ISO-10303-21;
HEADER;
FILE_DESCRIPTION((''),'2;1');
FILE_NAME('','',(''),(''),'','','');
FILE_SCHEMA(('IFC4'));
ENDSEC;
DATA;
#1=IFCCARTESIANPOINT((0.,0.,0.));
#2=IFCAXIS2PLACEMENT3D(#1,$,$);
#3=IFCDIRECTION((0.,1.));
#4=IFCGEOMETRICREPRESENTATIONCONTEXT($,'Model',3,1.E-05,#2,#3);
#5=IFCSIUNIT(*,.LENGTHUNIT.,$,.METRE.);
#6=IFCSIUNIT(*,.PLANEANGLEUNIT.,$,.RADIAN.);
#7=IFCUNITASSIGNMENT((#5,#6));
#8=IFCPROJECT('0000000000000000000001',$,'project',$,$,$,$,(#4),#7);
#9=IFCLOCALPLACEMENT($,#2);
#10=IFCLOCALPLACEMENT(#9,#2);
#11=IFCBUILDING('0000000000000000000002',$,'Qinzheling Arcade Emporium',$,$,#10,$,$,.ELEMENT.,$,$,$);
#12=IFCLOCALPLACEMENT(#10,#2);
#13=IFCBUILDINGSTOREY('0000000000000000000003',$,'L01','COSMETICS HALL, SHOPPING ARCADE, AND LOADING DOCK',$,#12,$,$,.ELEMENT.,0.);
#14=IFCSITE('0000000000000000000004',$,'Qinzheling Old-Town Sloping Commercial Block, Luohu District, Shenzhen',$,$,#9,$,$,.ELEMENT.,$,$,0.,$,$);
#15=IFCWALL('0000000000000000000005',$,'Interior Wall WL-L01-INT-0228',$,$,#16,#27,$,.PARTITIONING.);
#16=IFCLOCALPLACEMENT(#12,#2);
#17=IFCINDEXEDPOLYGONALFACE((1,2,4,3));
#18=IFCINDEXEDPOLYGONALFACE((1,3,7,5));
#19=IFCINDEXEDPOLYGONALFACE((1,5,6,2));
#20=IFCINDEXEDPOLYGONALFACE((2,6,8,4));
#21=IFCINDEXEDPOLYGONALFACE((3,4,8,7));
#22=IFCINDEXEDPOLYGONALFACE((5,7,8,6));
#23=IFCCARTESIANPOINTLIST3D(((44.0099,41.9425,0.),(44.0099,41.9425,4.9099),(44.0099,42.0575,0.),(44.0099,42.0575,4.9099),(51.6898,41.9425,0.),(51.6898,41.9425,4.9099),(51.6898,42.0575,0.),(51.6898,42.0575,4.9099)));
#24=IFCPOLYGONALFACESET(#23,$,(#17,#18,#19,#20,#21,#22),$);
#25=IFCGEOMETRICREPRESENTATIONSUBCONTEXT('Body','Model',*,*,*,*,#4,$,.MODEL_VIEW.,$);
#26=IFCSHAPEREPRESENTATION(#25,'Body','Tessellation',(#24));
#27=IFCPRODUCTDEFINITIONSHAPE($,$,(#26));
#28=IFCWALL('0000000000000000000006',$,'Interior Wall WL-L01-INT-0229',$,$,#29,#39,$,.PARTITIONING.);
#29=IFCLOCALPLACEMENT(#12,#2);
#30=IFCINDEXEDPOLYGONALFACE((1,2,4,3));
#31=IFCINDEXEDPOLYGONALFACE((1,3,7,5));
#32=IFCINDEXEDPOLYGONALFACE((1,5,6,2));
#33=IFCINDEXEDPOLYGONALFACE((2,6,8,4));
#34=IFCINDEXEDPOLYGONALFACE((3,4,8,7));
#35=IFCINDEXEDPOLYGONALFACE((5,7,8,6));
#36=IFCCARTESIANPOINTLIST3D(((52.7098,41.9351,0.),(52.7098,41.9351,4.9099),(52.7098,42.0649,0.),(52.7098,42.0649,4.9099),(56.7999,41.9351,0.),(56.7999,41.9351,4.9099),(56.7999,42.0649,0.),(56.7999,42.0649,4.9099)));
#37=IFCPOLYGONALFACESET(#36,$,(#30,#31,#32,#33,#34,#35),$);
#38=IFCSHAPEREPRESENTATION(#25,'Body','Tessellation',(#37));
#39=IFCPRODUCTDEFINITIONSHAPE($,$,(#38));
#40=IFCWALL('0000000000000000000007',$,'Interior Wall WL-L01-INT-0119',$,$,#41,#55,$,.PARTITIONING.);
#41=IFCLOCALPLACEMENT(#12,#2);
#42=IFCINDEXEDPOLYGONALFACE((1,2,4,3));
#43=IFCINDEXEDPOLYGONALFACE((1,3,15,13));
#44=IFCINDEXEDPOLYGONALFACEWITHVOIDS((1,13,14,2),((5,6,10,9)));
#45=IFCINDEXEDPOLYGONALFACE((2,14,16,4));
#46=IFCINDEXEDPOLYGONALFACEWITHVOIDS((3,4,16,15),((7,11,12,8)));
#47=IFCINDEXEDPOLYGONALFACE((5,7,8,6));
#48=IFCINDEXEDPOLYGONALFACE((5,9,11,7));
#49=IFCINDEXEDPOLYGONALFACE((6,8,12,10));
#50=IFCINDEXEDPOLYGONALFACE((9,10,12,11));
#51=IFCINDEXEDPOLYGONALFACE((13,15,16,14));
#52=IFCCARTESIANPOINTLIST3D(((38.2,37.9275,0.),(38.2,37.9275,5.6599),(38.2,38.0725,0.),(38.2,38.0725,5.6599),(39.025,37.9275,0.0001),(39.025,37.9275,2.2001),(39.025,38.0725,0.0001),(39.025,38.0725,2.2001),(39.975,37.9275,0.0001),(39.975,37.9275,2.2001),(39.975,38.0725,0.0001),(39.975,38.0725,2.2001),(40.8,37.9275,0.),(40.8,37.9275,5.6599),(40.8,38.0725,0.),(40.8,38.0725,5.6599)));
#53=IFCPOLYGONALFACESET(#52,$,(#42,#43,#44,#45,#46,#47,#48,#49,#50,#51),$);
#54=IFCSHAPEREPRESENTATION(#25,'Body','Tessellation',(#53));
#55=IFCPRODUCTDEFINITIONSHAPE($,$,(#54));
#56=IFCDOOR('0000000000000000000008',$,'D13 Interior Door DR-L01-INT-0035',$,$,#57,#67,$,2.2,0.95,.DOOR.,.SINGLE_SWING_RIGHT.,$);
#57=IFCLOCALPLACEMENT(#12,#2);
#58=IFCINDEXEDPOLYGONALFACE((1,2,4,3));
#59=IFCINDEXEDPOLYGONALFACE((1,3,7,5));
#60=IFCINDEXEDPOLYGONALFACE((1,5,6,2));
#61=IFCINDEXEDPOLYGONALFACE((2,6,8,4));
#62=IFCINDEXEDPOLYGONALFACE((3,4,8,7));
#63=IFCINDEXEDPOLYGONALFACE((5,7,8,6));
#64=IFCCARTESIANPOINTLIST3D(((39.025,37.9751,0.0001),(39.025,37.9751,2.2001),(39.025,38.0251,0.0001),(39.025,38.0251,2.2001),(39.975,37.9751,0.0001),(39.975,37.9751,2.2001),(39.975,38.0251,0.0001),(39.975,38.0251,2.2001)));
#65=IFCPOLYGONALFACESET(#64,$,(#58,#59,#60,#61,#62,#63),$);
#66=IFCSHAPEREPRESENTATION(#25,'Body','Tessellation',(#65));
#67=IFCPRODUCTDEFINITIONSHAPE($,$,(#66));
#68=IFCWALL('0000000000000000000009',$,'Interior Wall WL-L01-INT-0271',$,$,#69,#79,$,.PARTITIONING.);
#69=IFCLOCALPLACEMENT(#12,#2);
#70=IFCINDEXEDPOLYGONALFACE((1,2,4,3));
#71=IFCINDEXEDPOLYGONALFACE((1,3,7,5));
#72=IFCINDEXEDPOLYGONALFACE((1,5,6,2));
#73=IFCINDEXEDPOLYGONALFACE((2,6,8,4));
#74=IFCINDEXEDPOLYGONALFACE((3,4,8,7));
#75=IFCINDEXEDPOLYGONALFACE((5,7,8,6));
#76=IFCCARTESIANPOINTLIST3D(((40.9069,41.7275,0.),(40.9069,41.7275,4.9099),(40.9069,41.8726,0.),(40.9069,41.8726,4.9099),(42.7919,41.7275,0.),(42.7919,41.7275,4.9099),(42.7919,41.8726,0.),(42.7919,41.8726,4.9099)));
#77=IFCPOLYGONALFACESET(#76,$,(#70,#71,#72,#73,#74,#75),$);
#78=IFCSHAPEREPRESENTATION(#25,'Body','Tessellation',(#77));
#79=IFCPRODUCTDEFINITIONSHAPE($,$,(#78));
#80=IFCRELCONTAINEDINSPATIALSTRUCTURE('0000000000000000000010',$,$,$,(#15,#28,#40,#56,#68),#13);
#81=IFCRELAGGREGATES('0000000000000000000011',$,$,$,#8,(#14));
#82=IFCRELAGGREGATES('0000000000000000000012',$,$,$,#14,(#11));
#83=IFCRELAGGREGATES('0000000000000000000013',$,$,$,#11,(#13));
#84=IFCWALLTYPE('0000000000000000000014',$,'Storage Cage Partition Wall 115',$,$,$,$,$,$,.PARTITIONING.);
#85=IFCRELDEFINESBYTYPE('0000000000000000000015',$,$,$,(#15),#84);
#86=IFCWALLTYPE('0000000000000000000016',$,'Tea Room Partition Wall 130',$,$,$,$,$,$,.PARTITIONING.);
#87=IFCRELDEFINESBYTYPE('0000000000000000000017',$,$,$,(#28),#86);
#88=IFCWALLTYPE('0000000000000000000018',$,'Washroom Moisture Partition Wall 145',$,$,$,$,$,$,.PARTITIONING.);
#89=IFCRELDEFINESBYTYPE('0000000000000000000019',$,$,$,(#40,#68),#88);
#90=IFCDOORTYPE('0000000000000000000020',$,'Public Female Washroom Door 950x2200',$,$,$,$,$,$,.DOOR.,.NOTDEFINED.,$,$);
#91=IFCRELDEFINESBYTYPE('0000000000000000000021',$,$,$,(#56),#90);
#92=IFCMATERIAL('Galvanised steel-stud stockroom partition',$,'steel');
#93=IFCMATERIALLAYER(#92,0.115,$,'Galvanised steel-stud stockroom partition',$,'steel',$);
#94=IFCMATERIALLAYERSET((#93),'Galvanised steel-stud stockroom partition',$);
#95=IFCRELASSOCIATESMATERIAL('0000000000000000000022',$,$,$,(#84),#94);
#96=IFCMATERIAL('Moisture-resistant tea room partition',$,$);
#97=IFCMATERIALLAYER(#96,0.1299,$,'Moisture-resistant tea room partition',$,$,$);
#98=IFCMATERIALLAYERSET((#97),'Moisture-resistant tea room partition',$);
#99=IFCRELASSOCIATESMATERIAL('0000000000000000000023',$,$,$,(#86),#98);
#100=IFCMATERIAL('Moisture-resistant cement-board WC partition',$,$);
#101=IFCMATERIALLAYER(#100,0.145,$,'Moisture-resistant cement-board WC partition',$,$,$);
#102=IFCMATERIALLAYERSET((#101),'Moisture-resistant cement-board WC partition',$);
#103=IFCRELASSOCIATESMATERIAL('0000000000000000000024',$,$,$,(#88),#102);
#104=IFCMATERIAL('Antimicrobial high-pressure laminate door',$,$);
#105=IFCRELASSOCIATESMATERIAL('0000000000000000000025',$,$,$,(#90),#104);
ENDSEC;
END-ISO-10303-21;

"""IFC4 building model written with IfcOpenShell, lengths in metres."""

from ifc_helpers import new_model, si_unit, direction, frame, frame_2d, origin, place, context, subcontext, project, spatial, rectangle, extrude, material, layer, layer_set, type_object, element, fill, save


model = new_model("IFC4")

# Units and contexts
model_context = context("Model", 3, precision=1e-05, world=origin(), true_north=direction((0.0, 1.0)))
body_context = subcontext(model_context, "Body", "Model", "MODEL_VIEW")
ifc_project = project(units=[si_unit("LENGTHUNIT", "METRE"), si_unit("PLANEANGLEUNIT", "RADIAN")], contexts=[model_context])

# Site, building, storey
site_placement = place(None, origin())
site = spatial("IfcSite", under=ifc_project, at=site_placement, Name="Qinzheling Old-Town Sloping Commercial Block, Luohu District, Shenzhen", CompositionType="ELEMENT", RefElevation=0.0)
building_placement = place(site_placement, origin())
building = spatial("IfcBuilding", under=site, at=building_placement, Name="Qinzheling Arcade Emporium", CompositionType="ELEMENT")
storey_placement = place(building_placement, origin())
storey = spatial("IfcBuildingStorey", under=building, at=storey_placement, Name="L01", Description="COSMETICS HALL, SHOPPING ARCADE, AND LOADING DOCK", CompositionType="ELEMENT", Elevation=0.0)

# Walls
ifc_material_1 = material(Name="Galvanised steel-stud stockroom partition", Category="steel")
ifc_layer_1 = layer(ifc_material_1, 0.115, Name="Galvanised steel-stud stockroom partition", Category="steel")
ifc_layer_set_1 = layer_set([ifc_layer_1], Name="Galvanised steel-stud stockroom partition")
wall_type_1 = type_object("IfcWallType", Name="Storage Cage Partition Wall 115", PredefinedType="PARTITIONING", material=ifc_layer_set_1)
wall_1_placement = place(storey_placement, frame((44.01, 42.0, 0.0), z_axis=(0.0, 0.0, 1.0), x_axis=(1.0, 0.0, 0.0)))
element("IfcWall", 1, at=wall_1_placement, inside=storey, type_object=wall_type_1, Name="Interior Wall WL-L01-INT-0228", PredefinedType="PARTITIONING", context=body_context, shape_type="SweptSolid", body=[
    extrude(rectangle(XDim=7.6799, YDim=0.115, at=frame_2d((3.8398, 0.0))), origin(), (0.0, 0.0, 1.0), 4.9099),
])
ifc_material_2 = material(Name="Moisture-resistant tea room partition")
ifc_layer_2 = layer(ifc_material_2, 0.1299, Name="Moisture-resistant tea room partition")
ifc_layer_set_2 = layer_set([ifc_layer_2], Name="Moisture-resistant tea room partition")
wall_type_2 = type_object("IfcWallType", Name="Tea Room Partition Wall 130", PredefinedType="PARTITIONING", material=ifc_layer_set_2)
wall_2_placement = place(storey_placement, frame((52.71, 42.0, 0.0), z_axis=(0.0, 0.0, 1.0), x_axis=(1.0, 0.0, 0.0)))
element("IfcWall", 2, at=wall_2_placement, inside=storey, type_object=wall_type_2, Name="Interior Wall WL-L01-INT-0229", PredefinedType="PARTITIONING", context=body_context, shape_type="SweptSolid", body=[
    extrude(rectangle(XDim=4.0901, YDim=0.1299, at=frame_2d((2.0449, 0.0))), origin(), (0.0, 0.0, 1.0), 4.9099),
])

# Wall, opening, door
ifc_material_3 = material(Name="Moisture-resistant cement-board WC partition")
ifc_layer_3 = layer(ifc_material_3, 0.145, Name="Moisture-resistant cement-board WC partition")
ifc_layer_set_3 = layer_set([ifc_layer_3], Name="Moisture-resistant cement-board WC partition")
wall_type_3 = type_object("IfcWallType", Name="Washroom Moisture Partition Wall 145", PredefinedType="PARTITIONING", material=ifc_layer_set_3)
wall_3_placement = place(storey_placement, frame((40.8, 38.0, 0.0), z_axis=(0.0, 0.0, 1.0), x_axis=(-1.0, 0.0, 0.0)))
wall_3 = element("IfcWall", 3, at=wall_3_placement, inside=storey, type_object=wall_type_3, Name="Interior Wall WL-L01-INT-0119", PredefinedType="PARTITIONING", context=body_context, shape_type="SweptSolid", body=[
    extrude(rectangle(XDim=2.6001, YDim=0.145, at=frame_2d((1.3, 0.0))), origin(), (0.0, 0.0, 1.0), 5.6599),
])
opening_1_placement = place(wall_3_placement, frame((0.825, 0.0, 0.0)))
opening_1 = element("IfcOpeningElement", 4, at=opening_1_placement, cuts=wall_3, PredefinedType="OPENING", context=body_context, shape_type="SweptSolid", body=[
    extrude(rectangle(XDim=0.95, YDim=2.2, at=frame_2d((0.4751, 1.1001))), frame((0.0, 0.0825, 0.0), z_axis=(0.0, -1.0, 0.0), x_axis=(1.0, 0.0, 0.0)), (0.0, 0.0, 1.0), 0.165),
])
ifc_material_4 = material(Name="Antimicrobial high-pressure laminate door")
door_type_1 = type_object("IfcDoorType", Name="Public Female Washroom Door 950x2200", OperationType="NOTDEFINED", PredefinedType="DOOR", material=ifc_material_4)
door_1_placement = place(opening_1_placement, origin())
door_1 = element("IfcDoor", 5, at=door_1_placement, inside=storey, type_object=door_type_1, Name="D13 Interior Door DR-L01-INT-0035", OperationType="SINGLE_SWING_RIGHT", OverallHeight=2.2, OverallWidth=0.95, PredefinedType="DOOR", context=body_context, shape_type="SweptSolid", body=[
    extrude(rectangle(XDim=0.95, YDim=2.2, at=frame_2d((0.4751, 1.1001))), frame((0.0, 0.0249, 0.0), z_axis=(0.0, -1.0, 0.0), x_axis=(1.0, 0.0, 0.0)), (0.0, 0.0, 1.0), 0.05),
])
fill(opening_1, door_1)

# Wall
wall_4_placement = place(storey_placement, frame((40.907, 41.8, 0.0), z_axis=(0.0, 0.0, 1.0), x_axis=(1.0, 0.0, 0.0)))
element("IfcWall", 6, at=wall_4_placement, inside=storey, type_object=wall_type_3, Name="Interior Wall WL-L01-INT-0271", PredefinedType="PARTITIONING", context=body_context, shape_type="SweptSolid", body=[
    extrude(rectangle(XDim=1.885, YDim=0.145, at=frame_2d((0.9424, 0.0))), origin(), (0.0, 0.0, 1.0), 4.9099),
])

save(model, "model.ifc")
